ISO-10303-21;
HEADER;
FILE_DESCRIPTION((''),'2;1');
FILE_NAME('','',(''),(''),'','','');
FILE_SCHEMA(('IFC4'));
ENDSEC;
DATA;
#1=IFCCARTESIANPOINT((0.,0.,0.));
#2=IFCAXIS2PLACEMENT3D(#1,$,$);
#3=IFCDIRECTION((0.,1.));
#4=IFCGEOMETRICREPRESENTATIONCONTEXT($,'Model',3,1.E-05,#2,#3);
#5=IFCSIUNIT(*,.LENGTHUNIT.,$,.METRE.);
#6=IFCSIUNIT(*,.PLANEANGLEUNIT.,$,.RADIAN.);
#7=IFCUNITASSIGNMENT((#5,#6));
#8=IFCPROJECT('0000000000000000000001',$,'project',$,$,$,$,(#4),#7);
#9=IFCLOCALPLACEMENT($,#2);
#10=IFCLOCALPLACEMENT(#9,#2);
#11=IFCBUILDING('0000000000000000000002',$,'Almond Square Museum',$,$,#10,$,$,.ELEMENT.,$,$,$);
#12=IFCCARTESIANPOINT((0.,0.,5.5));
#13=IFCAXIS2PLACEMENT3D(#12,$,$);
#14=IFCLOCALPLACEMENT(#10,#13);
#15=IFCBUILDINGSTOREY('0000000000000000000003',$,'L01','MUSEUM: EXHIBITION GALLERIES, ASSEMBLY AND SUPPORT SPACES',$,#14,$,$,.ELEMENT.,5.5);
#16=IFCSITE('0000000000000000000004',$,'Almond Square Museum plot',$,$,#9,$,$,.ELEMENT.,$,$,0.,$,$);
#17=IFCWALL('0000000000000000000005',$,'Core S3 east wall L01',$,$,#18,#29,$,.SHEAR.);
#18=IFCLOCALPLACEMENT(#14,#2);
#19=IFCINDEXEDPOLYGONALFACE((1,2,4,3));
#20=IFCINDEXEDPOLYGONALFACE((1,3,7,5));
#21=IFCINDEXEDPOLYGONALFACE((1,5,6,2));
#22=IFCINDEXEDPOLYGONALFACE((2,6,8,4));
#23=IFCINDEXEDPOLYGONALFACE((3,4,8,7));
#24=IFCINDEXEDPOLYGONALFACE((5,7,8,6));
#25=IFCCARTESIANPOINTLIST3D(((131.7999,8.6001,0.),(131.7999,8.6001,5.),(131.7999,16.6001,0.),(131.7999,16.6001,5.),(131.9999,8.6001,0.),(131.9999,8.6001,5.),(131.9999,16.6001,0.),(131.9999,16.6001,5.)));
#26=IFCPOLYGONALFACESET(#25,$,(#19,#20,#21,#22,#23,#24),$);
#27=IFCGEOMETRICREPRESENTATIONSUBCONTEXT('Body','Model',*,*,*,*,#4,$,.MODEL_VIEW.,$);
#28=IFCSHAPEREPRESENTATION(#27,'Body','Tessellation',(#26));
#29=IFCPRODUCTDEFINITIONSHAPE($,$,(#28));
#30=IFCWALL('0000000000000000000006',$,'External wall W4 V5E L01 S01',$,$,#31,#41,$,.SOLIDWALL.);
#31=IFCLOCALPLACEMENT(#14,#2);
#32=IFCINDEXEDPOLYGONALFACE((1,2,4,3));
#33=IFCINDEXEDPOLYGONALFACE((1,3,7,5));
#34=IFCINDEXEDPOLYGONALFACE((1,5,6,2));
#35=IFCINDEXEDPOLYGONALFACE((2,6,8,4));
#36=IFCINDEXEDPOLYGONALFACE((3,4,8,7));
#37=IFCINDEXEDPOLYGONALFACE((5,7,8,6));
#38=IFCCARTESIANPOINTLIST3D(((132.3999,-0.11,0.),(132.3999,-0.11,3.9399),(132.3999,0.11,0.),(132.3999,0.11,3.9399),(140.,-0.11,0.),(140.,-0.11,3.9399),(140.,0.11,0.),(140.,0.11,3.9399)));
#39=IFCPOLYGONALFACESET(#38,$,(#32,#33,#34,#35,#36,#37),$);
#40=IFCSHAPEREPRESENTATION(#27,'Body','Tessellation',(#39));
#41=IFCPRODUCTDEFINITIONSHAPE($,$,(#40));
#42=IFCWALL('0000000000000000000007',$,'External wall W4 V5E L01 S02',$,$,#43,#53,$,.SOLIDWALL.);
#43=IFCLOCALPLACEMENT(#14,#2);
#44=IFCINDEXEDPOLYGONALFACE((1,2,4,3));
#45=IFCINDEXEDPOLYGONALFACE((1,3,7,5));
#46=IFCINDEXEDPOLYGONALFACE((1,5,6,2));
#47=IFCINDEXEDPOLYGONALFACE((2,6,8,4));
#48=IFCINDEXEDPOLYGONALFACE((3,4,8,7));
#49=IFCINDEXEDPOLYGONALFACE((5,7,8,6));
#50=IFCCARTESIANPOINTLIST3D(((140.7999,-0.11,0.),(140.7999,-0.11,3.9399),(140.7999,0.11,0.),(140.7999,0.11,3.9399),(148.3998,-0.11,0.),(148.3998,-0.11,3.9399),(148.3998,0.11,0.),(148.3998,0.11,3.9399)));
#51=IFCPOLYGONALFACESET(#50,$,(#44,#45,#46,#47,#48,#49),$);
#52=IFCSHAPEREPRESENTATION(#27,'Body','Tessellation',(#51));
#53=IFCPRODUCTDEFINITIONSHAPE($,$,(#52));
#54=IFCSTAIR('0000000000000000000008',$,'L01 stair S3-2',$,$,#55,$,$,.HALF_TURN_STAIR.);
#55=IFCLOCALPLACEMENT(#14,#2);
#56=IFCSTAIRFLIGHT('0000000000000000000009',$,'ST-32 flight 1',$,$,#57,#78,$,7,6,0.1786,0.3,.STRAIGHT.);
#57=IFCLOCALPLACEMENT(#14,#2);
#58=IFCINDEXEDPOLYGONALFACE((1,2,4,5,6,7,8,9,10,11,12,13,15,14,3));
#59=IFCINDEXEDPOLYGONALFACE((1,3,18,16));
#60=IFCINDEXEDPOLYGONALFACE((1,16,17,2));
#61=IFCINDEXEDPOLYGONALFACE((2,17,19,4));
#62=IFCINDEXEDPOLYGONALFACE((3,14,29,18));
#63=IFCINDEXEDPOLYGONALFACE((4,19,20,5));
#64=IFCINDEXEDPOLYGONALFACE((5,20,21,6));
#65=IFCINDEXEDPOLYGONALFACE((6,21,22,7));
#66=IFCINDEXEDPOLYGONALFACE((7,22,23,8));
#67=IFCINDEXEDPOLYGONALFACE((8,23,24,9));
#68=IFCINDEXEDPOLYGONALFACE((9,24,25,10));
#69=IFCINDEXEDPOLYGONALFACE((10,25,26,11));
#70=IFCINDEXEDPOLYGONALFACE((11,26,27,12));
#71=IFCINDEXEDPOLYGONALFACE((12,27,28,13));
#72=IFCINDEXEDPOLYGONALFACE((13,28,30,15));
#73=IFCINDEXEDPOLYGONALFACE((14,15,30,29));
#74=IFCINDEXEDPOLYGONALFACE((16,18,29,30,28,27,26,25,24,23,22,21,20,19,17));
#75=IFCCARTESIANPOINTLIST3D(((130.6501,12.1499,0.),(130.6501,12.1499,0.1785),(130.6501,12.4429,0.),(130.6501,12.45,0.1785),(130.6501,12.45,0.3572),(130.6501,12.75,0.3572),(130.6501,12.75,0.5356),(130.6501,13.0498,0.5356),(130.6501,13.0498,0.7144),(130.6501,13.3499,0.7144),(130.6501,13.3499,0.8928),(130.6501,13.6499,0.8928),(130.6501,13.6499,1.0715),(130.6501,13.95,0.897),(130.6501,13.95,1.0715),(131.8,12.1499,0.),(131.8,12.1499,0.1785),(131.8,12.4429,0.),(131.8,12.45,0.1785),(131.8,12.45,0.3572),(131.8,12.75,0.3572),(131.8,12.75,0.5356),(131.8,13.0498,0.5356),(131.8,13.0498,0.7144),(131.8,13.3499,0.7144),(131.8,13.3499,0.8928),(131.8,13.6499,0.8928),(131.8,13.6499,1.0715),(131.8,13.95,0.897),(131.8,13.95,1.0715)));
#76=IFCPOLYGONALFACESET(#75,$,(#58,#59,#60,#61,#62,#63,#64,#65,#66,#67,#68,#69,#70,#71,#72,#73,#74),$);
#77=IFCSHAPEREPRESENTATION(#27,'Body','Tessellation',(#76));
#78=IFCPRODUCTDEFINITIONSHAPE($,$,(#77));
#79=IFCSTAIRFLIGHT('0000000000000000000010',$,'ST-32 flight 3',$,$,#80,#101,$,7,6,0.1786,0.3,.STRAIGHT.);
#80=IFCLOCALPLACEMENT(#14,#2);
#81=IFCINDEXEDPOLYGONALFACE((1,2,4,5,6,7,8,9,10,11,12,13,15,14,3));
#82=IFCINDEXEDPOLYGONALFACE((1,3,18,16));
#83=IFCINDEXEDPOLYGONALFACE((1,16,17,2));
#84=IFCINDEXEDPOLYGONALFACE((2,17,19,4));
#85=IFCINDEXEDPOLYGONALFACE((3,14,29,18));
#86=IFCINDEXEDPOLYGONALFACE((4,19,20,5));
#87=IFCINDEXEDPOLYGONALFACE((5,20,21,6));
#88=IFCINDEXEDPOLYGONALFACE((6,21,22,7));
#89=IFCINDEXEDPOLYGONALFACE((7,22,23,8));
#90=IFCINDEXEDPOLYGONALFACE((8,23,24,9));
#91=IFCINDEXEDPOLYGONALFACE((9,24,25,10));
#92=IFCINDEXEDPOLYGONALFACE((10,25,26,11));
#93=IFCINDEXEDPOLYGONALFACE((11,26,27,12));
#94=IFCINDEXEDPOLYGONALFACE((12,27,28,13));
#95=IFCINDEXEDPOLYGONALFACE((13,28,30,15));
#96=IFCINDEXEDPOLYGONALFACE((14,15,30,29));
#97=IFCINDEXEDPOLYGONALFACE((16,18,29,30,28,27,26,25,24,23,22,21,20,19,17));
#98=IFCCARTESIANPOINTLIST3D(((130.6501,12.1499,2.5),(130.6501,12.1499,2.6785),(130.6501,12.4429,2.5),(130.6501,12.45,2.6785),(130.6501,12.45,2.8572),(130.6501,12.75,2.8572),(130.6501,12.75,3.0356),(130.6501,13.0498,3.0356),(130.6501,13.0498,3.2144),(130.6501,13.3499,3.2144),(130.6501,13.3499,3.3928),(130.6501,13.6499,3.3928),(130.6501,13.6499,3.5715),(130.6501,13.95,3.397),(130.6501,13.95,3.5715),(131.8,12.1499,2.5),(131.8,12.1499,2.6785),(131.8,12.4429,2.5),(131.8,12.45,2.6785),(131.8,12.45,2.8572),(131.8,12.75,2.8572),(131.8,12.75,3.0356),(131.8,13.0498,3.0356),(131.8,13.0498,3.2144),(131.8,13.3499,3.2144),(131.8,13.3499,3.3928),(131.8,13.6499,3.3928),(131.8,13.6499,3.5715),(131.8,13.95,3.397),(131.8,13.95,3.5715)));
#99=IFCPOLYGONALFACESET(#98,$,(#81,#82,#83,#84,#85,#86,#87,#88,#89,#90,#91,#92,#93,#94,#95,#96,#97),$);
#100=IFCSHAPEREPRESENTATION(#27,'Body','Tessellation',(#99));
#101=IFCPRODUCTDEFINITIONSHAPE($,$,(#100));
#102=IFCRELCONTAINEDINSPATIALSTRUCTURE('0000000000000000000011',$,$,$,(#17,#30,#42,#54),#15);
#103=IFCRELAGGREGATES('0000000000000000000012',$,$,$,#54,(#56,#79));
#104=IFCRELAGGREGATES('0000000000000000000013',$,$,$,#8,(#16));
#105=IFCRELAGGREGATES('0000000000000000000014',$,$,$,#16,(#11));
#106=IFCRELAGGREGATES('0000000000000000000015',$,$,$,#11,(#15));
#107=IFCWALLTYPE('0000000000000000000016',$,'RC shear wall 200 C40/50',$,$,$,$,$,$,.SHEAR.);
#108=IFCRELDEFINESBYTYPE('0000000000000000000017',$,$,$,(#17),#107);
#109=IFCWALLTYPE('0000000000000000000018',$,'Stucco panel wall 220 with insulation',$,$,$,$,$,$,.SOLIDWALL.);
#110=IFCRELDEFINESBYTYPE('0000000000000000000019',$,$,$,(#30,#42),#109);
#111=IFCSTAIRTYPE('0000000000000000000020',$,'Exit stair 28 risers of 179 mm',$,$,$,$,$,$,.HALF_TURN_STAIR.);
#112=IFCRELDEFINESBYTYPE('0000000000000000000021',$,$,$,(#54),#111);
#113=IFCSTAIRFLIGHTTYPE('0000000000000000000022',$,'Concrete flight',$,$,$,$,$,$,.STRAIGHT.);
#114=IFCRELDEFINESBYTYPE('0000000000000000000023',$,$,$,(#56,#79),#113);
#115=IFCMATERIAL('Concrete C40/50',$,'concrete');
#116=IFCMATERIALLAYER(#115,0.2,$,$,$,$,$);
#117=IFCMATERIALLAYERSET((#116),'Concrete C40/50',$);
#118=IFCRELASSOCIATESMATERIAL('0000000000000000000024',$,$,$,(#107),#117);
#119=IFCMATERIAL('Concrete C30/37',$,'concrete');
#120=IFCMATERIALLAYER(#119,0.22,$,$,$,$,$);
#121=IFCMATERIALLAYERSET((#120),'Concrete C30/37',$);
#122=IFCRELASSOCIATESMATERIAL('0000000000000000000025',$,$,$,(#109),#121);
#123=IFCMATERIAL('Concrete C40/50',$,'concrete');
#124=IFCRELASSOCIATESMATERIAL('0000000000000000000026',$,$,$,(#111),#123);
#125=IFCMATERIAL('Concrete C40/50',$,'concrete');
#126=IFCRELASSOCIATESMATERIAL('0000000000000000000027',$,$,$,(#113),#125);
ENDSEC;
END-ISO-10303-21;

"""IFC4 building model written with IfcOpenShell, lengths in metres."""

from ifc_helpers import new_model, si_unit, direction, frame, frame_2d, origin, place, context, subcontext, project, spatial, polyline, rectangle, outline, extrude, material, layer, layer_set, type_object, element, aggregate, save


model = new_model("IFC4")

# Units and contexts
model_context = context("Model", 3, precision=1e-05, world=origin(), true_north=direction((0.0, 1.0)))
body_context = subcontext(model_context, "Body", "Model", "MODEL_VIEW")
ifc_project = project(units=[si_unit("LENGTHUNIT", "METRE"), si_unit("PLANEANGLEUNIT", "RADIAN")], contexts=[model_context])

# Site, building, storey
site_placement = place(None, origin())
site = spatial("IfcSite", under=ifc_project, at=site_placement, Name="Almond Square Museum plot", CompositionType="ELEMENT", RefElevation=0.0)
building_placement = place(site_placement, origin())
building = spatial("IfcBuilding", under=site, at=building_placement, Name="Almond Square Museum", CompositionType="ELEMENT")
storey_placement = place(building_placement, frame((0.0, 0.0, 5.5)))
storey = spatial("IfcBuildingStorey", under=building, at=storey_placement, Name="L01", Description="MUSEUM: EXHIBITION GALLERIES, ASSEMBLY AND SUPPORT SPACES", CompositionType="ELEMENT", Elevation=5.5)

# Walls
ifc_material_1 = material(Name="Concrete C40/50", Category="concrete")
ifc_layer_1 = layer(ifc_material_1, 0.2)
ifc_layer_set_1 = layer_set([ifc_layer_1], Name="Concrete C40/50")
wall_type_1 = type_object("IfcWallType", Name="RC shear wall 200 C40/50", PredefinedType="SHEAR", material=ifc_layer_set_1)
wall_1_placement = place(storey_placement, frame((131.8999, 8.6001, 0.0), z_axis=(0.0, 0.0, 1.0), x_axis=(0.0, 1.0, 0.0)))
element("IfcWall", 1, at=wall_1_placement, inside=storey, type_object=wall_type_1, Name="Core S3 east wall L01", PredefinedType="SHEAR", context=body_context, shape_type="SweptSolid", body=[
    extrude(rectangle(XDim=8.0, YDim=0.2, at=frame_2d((4.0, 0.0))), origin(), (0.0, 0.0, 1.0), 5.0),
])
ifc_material_2 = material(Name="Concrete C30/37", Category="concrete")
ifc_layer_2 = layer(ifc_material_2, 0.22)
ifc_layer_set_2 = layer_set([ifc_layer_2], Name="Concrete C30/37")
wall_type_2 = type_object("IfcWallType", Name="Stucco panel wall 220 with insulation", PredefinedType="SOLIDWALL", material=ifc_layer_set_2)
wall_2_placement = place(storey_placement, frame((132.3999, 0.0, 0.0), z_axis=(0.0, 0.0, 1.0), x_axis=(1.0, 0.0, 0.0)))
element("IfcWall", 2, at=wall_2_placement, inside=storey, type_object=wall_type_2, Name="External wall W4 V5E L01 S01", PredefinedType="SOLIDWALL", context=body_context, shape_type="SweptSolid", body=[
    extrude(rectangle(XDim=7.6001, YDim=0.22, at=frame_2d((3.8, 0.0))), origin(), (0.0, 0.0, 1.0), 3.9399),
])
wall_3_placement = place(storey_placement, frame((140.8, 0.0, 0.0), z_axis=(0.0, 0.0, 1.0), x_axis=(1.0, 0.0, 0.0)))
element("IfcWall", 3, at=wall_3_placement, inside=storey, type_object=wall_type_2, Name="External wall W4 V5E L01 S02", PredefinedType="SOLIDWALL", context=body_context, shape_type="SweptSolid", body=[
    extrude(rectangle(XDim=7.5999, YDim=0.22, at=frame_2d((3.7998, 0.0))), origin(), (0.0, 0.0, 1.0), 3.9399),
])

# Stair, stair flights
ifc_material_3 = material(Name="Concrete C40/50", Category="concrete")
stair_type = type_object("IfcStairType", Name="Exit stair 28 risers of 179 mm", PredefinedType="HALF_TURN_STAIR", material=ifc_material_3)
stair_placement = place(storey_placement, origin())
stair = element("IfcStair", 4, at=stair_placement, inside=storey, type_object=stair_type, Name="L01 stair S3-2", PredefinedType="HALF_TURN_STAIR")
ifc_material_4 = material(Name="Concrete C40/50", Category="concrete")
stair_flight_type = type_object("IfcStairFlightType", Name="Concrete flight", PredefinedType="STRAIGHT", material=ifc_material_4)
stair_flight_1_placement = place(storey_placement, frame((131.2251, 12.1499, 0.0), z_axis=(0.0, 0.0, 1.0), x_axis=(0.0, 1.0, 0.0)))
stair_flight_1 = element("IfcStairFlight", 5, at=stair_flight_1_placement, type_object=stair_flight_type, Name="ST-32 flight 1", NumberOfRisers=7, NumberOfTreads=6, PredefinedType="STRAIGHT", RiserHeight=0.1786, TreadLength=0.3, context=body_context, shape_type="SweptSolid", body=[
    extrude(outline(polyline([(0.0, 0.0), (0.0, 0.1785), (0.3, 0.1785), (0.3, 0.3572), (0.6001, 0.3572), (0.6001, 0.5356), (0.8999, 0.5356), (0.8999, 0.7144), (1.2, 0.7144), (1.2, 0.8928), (1.5, 0.8928), (1.5, 1.0715), (1.8, 1.0715), (1.8, 1.25), (1.8, 0.897), (0.293, 0.0), (0.0, 0.0)])), frame((0.0, 0.575, 0.0), z_axis=(0.0, -1.0, 0.0), x_axis=(1.0, 0.0, 0.0)), (0.0, 0.0, 1.0), 1.1499),
])
stair_flight_2_placement = place(storey_placement, frame((131.2251, 12.1499, 2.5), z_axis=(0.0, 0.0, 1.0), x_axis=(0.0, 1.0, 0.0)))
stair_flight_2 = element("IfcStairFlight", 6, at=stair_flight_2_placement, type_object=stair_flight_type, Name="ST-32 flight 3", NumberOfRisers=7, NumberOfTreads=6, PredefinedType="STRAIGHT", RiserHeight=0.1786, TreadLength=0.3, context=body_context, shape_type="SweptSolid", body=[
    extrude(outline(polyline([(0.0, 0.0), (0.0, 0.1785), (0.3, 0.1785), (0.3, 0.3572), (0.6001, 0.3572), (0.6001, 0.5356), (0.8999, 0.5356), (0.8999, 0.7144), (1.2, 0.7144), (1.2, 0.8928), (1.5, 0.8928), (1.5, 1.0715), (1.8, 1.0715), (1.8, 1.25), (1.8, 0.897), (0.293, 0.0), (0.0, 0.0)])), frame((0.0, 0.575, 0.0), z_axis=(0.0, -1.0, 0.0), x_axis=(1.0, 0.0, 0.0)), (0.0, 0.0, 1.0), 1.1499),
])
aggregate(stair, [stair_flight_1, stair_flight_2])

save(model, "model.ifc")
